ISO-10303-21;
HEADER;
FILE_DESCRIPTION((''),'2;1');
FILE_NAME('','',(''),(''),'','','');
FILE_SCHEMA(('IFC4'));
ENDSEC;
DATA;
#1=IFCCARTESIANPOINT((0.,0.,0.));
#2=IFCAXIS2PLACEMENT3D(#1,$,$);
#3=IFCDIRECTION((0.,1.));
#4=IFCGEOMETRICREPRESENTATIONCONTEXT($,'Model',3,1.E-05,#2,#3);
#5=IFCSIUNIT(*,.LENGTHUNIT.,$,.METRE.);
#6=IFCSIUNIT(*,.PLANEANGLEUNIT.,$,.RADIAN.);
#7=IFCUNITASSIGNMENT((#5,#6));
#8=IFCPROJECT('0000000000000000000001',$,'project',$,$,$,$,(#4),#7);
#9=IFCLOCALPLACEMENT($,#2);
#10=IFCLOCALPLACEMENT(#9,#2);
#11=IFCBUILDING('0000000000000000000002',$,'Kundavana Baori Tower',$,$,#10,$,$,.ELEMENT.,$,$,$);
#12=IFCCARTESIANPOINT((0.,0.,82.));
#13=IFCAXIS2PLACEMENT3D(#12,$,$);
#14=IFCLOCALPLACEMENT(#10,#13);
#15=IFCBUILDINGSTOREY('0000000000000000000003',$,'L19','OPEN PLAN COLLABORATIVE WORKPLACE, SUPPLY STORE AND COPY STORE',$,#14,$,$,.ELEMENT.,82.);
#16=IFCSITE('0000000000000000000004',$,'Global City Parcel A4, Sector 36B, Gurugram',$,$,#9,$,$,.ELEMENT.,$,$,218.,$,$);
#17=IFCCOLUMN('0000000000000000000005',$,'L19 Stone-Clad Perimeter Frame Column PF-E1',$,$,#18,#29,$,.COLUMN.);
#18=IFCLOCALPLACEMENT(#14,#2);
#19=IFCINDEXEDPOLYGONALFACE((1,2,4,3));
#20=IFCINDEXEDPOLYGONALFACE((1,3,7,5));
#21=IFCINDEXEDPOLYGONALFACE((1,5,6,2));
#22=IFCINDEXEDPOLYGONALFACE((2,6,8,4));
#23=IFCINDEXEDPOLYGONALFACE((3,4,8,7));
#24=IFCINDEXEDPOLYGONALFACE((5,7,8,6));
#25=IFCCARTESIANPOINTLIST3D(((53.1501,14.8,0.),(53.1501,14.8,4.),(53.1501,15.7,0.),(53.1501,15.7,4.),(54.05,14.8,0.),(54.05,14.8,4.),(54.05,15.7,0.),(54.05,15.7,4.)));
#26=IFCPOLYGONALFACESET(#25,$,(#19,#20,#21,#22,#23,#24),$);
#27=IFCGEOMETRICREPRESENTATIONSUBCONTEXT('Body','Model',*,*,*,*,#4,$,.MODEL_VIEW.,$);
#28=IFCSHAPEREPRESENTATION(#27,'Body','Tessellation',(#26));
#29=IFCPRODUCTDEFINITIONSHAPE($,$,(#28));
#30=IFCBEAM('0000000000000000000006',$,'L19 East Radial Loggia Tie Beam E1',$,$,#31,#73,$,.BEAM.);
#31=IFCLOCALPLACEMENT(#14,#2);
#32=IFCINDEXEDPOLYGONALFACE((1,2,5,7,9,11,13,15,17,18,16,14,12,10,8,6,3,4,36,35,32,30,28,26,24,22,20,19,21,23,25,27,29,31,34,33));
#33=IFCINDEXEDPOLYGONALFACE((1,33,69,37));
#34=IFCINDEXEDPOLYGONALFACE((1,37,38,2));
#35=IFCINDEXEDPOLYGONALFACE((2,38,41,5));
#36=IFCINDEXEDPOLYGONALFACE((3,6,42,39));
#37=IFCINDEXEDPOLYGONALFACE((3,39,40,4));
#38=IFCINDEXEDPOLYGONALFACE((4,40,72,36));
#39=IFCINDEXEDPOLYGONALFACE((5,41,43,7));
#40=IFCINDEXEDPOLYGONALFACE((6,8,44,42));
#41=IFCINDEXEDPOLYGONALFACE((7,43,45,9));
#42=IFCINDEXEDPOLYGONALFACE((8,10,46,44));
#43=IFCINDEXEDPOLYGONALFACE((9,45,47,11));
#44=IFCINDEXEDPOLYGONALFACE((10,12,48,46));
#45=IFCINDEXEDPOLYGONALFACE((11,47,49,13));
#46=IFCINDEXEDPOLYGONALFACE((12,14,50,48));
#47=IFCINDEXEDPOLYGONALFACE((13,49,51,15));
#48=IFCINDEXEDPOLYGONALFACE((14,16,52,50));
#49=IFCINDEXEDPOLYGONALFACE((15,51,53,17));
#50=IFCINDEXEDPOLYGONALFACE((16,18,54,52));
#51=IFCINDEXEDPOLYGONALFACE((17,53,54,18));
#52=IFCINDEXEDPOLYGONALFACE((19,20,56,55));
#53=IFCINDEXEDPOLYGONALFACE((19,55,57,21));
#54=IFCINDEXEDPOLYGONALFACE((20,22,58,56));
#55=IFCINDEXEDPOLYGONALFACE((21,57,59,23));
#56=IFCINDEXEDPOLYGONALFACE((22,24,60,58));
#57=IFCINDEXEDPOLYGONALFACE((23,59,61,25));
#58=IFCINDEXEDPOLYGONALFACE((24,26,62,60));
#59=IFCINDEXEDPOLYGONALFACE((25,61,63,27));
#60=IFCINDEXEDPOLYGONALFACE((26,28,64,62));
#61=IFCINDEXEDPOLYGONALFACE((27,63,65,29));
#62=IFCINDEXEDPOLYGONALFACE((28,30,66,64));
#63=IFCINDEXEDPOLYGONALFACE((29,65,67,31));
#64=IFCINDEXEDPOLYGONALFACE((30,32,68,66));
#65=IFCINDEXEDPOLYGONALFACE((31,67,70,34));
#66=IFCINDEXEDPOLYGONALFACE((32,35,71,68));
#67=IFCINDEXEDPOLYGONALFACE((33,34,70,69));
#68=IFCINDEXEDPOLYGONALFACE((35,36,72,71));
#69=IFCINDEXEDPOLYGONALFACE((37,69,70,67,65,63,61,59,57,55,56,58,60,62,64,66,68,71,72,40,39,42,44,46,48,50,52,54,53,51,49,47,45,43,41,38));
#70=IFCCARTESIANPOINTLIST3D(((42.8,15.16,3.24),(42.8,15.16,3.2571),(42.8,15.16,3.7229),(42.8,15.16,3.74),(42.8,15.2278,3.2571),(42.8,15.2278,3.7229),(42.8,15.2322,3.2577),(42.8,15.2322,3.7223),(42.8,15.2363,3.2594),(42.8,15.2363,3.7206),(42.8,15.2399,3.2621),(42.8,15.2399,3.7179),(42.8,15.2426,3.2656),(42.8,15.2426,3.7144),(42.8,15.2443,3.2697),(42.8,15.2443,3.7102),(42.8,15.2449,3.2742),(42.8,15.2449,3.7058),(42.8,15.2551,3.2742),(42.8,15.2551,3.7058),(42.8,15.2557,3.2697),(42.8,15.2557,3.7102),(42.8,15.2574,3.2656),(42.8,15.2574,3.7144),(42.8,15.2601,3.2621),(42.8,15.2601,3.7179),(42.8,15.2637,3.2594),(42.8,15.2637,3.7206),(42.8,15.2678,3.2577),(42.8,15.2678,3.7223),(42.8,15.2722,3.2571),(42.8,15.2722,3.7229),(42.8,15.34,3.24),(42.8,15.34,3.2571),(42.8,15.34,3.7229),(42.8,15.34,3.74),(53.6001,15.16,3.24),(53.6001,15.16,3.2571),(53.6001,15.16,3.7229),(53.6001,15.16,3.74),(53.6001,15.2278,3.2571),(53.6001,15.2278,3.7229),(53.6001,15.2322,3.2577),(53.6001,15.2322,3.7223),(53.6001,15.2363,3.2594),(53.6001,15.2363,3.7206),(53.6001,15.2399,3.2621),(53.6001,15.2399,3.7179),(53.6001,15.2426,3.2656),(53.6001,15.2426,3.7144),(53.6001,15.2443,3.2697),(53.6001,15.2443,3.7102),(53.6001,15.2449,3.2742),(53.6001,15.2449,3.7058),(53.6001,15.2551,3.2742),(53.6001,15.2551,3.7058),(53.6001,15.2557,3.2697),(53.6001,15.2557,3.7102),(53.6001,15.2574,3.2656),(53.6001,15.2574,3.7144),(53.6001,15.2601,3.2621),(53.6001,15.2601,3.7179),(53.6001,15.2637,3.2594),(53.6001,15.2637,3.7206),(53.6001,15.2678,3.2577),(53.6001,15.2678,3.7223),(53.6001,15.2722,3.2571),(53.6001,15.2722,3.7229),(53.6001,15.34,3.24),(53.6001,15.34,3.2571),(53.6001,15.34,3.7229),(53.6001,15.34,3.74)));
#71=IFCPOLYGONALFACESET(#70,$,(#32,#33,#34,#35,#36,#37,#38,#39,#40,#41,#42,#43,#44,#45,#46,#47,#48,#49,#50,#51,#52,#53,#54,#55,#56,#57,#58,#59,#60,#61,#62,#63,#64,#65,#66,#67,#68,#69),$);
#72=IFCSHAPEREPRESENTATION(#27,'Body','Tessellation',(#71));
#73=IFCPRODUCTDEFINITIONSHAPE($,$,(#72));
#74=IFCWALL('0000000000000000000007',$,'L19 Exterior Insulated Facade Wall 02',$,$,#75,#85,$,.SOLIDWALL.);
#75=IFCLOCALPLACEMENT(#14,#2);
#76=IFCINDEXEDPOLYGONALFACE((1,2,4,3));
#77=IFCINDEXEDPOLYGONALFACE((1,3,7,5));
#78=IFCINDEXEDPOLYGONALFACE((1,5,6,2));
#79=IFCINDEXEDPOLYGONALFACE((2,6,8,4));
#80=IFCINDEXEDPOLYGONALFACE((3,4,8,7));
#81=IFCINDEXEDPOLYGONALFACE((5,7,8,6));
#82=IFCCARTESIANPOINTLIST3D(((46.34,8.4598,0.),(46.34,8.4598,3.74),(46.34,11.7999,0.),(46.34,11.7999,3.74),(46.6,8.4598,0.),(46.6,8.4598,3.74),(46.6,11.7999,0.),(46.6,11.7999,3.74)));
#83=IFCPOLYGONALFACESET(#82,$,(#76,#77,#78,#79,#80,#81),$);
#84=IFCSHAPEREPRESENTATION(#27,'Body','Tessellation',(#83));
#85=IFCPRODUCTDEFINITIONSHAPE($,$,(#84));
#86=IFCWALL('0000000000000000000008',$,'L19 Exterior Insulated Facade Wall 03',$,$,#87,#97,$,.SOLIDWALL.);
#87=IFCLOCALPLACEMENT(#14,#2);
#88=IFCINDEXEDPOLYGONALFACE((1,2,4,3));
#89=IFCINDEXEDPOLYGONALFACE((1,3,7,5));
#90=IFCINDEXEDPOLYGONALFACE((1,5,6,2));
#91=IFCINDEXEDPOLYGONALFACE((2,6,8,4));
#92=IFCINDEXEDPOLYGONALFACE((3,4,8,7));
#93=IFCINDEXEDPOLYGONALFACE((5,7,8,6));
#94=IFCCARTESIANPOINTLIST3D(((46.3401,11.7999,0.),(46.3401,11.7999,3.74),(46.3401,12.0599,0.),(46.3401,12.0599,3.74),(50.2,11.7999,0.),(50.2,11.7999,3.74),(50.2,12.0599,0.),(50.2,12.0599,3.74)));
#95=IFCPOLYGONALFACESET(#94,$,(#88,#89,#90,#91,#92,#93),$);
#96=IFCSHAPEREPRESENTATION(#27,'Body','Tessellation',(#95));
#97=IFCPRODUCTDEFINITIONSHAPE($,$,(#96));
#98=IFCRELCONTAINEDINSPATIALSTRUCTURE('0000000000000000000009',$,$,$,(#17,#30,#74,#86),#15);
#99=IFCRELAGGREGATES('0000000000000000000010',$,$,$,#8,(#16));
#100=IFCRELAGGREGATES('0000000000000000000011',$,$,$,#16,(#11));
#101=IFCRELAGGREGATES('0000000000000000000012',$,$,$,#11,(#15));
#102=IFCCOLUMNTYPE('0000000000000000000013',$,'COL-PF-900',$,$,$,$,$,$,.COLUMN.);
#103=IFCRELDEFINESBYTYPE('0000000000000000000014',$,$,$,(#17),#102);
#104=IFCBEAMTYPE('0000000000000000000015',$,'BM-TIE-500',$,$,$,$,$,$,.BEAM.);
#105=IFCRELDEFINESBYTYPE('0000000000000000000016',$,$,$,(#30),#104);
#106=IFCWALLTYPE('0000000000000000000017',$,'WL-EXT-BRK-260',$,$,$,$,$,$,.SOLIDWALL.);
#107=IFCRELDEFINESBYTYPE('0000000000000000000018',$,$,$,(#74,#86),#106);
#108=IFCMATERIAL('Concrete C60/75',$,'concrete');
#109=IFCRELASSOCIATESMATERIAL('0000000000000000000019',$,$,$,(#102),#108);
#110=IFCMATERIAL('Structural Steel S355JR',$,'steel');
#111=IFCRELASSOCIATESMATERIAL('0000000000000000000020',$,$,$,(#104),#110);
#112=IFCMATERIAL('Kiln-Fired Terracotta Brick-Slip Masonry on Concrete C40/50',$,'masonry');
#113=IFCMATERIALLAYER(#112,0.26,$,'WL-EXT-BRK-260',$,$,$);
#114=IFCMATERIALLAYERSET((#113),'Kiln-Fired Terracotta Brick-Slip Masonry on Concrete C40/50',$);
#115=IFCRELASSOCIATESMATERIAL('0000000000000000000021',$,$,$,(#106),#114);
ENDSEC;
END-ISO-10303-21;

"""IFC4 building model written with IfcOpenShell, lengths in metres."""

from ifc_helpers import new_model, si_unit, direction, frame, frame_2d, origin, origin_2d, place, context, subcontext, project, spatial, rectangle, i_section, extrude, material, layer, layer_set, material_profile, profile_set, type_object, element, save


model = new_model("IFC4")

# Units and contexts
model_context = context("Model", 3, precision=1e-05, world=origin(), true_north=direction((0.0, 1.0)))
body_context = subcontext(model_context, "Body", "Model", "MODEL_VIEW")
ifc_project = project(units=[si_unit("LENGTHUNIT", "METRE"), si_unit("PLANEANGLEUNIT", "RADIAN")], contexts=[model_context])

# Site, building, storey
site_placement = place(None, origin())
site = spatial("IfcSite", under=ifc_project, at=site_placement, Name="Global City Parcel A4, Sector 36B, Gurugram", CompositionType="ELEMENT", RefElevation=218.0)
building_placement = place(site_placement, origin())
building = spatial("IfcBuilding", under=site, at=building_placement, Name="Kundavana Baori Tower", CompositionType="ELEMENT")
storey_placement = place(building_placement, frame((0.0, 0.0, 82.0)))
storey = spatial("IfcBuildingStorey", under=building, at=storey_placement, Name="L19", Description="OPEN PLAN COLLABORATIVE WORKPLACE, SUPPLY STORE AND COPY STORE", CompositionType="ELEMENT", Elevation=82.0)

# Column
ifc_material_1 = material(Name="Concrete C60/75", Category="concrete")
ifc_material_profile_1 = material_profile(ifc_material_1, rectangle(XDim=0.8999, YDim=0.8999, at=origin_2d()), Name="RC PF 900x900")
ifc_profile_set_1 = profile_set([ifc_material_profile_1], Name="Concrete C60/75")
column_type = type_object("IfcColumnType", Name="COL-PF-900", PredefinedType="COLUMN", material=ifc_profile_set_1)
column_placement = place(storey_placement, frame((53.6001, 15.25, 0.0), z_axis=(0.0, 0.0, 1.0), x_axis=(1.0, 0.0, 0.0)))
element("IfcColumn", 1, at=column_placement, inside=storey, type_object=column_type, Name="L19 Stone-Clad Perimeter Frame Column PF-E1", PredefinedType="COLUMN", context=body_context, shape_type="SweptSolid", body=[
    extrude(rectangle(XDim=0.8999, YDim=0.8999, at=origin_2d()), origin(), (0.0, 0.0, 1.0), 4.0),
])

# Beam
ifc_material_2 = material(Name="Structural Steel S355JR", Category="steel")
ifc_material_profile_2 = material_profile(ifc_material_2, i_section(OverallWidth=0.1799, OverallDepth=0.5, WebThickness=0.0103, FlangeThickness=0.0171, FilletRadius=0.0171, at=origin_2d()), Name="ISMB 500")
ifc_profile_set_2 = profile_set([ifc_material_profile_2], Name="Structural Steel S355JR")
beam_type = type_object("IfcBeamType", Name="BM-TIE-500", PredefinedType="BEAM", material=ifc_profile_set_2)
beam_placement = place(storey_placement, frame((42.8, 15.25, 3.49), z_axis=(1.0, 0.0, 0.0), x_axis=(0.0, 1.0, 0.0)))
element("IfcBeam", 2, at=beam_placement, inside=storey, type_object=beam_type, Name="L19 East Radial Loggia Tie Beam E1", PredefinedType="BEAM", context=body_context, shape_type="SweptSolid", body=[
    extrude(i_section(OverallWidth=0.1799, OverallDepth=0.5, WebThickness=0.0103, FlangeThickness=0.0171, FilletRadius=0.0171, at=origin_2d()), origin(), (0.0, 0.0, 1.0), 10.8),
])

# Walls
ifc_material_3 = material(Name="Kiln-Fired Terracotta Brick-Slip Masonry on Concrete C40/50", Category="masonry")
ifc_layer_1 = layer(ifc_material_3, 0.26, Name="WL-EXT-BRK-260")
ifc_layer_set_1 = layer_set([ifc_layer_1], Name="Kiln-Fired Terracotta Brick-Slip Masonry on Concrete C40/50")
wall_type_1 = type_object("IfcWallType", Name="WL-EXT-BRK-260", PredefinedType="SOLIDWALL", material=ifc_layer_set_1)
wall_1_placement = place(storey_placement, frame((46.47, 8.46, 0.0), z_axis=(0.0, 0.0, 1.0), x_axis=(0.0, 1.0, 0.0)))
element("IfcWall", 3, at=wall_1_placement, inside=storey, type_object=wall_type_1, Name="L19 Exterior Insulated Facade Wall 02", PredefinedType="SOLIDWALL", context=body_context, shape_type="SweptSolid", body=[
    extrude(rectangle(XDim=3.3401, YDim=0.26, at=frame_2d((1.6699, 0.0))), origin(), (0.0, 0.0, 1.0), 3.74),
])
wall_2_placement = place(storey_placement, frame((46.3401, 11.9299, 0.0), z_axis=(0.0, 0.0, 1.0), x_axis=(1.0, 0.0, 0.0)))
element("IfcWall", 4, at=wall_2_placement, inside=storey, type_object=wall_type_1, Name="L19 Exterior Insulated Facade Wall 03", PredefinedType="SOLIDWALL", context=body_context, shape_type="SweptSolid", body=[
    extrude(rectangle(XDim=3.8599, YDim=0.26, at=frame_2d((1.9299, 0.0))), origin(), (0.0, 0.0, 1.0), 3.74),
])

save(model, "model.ifc")
